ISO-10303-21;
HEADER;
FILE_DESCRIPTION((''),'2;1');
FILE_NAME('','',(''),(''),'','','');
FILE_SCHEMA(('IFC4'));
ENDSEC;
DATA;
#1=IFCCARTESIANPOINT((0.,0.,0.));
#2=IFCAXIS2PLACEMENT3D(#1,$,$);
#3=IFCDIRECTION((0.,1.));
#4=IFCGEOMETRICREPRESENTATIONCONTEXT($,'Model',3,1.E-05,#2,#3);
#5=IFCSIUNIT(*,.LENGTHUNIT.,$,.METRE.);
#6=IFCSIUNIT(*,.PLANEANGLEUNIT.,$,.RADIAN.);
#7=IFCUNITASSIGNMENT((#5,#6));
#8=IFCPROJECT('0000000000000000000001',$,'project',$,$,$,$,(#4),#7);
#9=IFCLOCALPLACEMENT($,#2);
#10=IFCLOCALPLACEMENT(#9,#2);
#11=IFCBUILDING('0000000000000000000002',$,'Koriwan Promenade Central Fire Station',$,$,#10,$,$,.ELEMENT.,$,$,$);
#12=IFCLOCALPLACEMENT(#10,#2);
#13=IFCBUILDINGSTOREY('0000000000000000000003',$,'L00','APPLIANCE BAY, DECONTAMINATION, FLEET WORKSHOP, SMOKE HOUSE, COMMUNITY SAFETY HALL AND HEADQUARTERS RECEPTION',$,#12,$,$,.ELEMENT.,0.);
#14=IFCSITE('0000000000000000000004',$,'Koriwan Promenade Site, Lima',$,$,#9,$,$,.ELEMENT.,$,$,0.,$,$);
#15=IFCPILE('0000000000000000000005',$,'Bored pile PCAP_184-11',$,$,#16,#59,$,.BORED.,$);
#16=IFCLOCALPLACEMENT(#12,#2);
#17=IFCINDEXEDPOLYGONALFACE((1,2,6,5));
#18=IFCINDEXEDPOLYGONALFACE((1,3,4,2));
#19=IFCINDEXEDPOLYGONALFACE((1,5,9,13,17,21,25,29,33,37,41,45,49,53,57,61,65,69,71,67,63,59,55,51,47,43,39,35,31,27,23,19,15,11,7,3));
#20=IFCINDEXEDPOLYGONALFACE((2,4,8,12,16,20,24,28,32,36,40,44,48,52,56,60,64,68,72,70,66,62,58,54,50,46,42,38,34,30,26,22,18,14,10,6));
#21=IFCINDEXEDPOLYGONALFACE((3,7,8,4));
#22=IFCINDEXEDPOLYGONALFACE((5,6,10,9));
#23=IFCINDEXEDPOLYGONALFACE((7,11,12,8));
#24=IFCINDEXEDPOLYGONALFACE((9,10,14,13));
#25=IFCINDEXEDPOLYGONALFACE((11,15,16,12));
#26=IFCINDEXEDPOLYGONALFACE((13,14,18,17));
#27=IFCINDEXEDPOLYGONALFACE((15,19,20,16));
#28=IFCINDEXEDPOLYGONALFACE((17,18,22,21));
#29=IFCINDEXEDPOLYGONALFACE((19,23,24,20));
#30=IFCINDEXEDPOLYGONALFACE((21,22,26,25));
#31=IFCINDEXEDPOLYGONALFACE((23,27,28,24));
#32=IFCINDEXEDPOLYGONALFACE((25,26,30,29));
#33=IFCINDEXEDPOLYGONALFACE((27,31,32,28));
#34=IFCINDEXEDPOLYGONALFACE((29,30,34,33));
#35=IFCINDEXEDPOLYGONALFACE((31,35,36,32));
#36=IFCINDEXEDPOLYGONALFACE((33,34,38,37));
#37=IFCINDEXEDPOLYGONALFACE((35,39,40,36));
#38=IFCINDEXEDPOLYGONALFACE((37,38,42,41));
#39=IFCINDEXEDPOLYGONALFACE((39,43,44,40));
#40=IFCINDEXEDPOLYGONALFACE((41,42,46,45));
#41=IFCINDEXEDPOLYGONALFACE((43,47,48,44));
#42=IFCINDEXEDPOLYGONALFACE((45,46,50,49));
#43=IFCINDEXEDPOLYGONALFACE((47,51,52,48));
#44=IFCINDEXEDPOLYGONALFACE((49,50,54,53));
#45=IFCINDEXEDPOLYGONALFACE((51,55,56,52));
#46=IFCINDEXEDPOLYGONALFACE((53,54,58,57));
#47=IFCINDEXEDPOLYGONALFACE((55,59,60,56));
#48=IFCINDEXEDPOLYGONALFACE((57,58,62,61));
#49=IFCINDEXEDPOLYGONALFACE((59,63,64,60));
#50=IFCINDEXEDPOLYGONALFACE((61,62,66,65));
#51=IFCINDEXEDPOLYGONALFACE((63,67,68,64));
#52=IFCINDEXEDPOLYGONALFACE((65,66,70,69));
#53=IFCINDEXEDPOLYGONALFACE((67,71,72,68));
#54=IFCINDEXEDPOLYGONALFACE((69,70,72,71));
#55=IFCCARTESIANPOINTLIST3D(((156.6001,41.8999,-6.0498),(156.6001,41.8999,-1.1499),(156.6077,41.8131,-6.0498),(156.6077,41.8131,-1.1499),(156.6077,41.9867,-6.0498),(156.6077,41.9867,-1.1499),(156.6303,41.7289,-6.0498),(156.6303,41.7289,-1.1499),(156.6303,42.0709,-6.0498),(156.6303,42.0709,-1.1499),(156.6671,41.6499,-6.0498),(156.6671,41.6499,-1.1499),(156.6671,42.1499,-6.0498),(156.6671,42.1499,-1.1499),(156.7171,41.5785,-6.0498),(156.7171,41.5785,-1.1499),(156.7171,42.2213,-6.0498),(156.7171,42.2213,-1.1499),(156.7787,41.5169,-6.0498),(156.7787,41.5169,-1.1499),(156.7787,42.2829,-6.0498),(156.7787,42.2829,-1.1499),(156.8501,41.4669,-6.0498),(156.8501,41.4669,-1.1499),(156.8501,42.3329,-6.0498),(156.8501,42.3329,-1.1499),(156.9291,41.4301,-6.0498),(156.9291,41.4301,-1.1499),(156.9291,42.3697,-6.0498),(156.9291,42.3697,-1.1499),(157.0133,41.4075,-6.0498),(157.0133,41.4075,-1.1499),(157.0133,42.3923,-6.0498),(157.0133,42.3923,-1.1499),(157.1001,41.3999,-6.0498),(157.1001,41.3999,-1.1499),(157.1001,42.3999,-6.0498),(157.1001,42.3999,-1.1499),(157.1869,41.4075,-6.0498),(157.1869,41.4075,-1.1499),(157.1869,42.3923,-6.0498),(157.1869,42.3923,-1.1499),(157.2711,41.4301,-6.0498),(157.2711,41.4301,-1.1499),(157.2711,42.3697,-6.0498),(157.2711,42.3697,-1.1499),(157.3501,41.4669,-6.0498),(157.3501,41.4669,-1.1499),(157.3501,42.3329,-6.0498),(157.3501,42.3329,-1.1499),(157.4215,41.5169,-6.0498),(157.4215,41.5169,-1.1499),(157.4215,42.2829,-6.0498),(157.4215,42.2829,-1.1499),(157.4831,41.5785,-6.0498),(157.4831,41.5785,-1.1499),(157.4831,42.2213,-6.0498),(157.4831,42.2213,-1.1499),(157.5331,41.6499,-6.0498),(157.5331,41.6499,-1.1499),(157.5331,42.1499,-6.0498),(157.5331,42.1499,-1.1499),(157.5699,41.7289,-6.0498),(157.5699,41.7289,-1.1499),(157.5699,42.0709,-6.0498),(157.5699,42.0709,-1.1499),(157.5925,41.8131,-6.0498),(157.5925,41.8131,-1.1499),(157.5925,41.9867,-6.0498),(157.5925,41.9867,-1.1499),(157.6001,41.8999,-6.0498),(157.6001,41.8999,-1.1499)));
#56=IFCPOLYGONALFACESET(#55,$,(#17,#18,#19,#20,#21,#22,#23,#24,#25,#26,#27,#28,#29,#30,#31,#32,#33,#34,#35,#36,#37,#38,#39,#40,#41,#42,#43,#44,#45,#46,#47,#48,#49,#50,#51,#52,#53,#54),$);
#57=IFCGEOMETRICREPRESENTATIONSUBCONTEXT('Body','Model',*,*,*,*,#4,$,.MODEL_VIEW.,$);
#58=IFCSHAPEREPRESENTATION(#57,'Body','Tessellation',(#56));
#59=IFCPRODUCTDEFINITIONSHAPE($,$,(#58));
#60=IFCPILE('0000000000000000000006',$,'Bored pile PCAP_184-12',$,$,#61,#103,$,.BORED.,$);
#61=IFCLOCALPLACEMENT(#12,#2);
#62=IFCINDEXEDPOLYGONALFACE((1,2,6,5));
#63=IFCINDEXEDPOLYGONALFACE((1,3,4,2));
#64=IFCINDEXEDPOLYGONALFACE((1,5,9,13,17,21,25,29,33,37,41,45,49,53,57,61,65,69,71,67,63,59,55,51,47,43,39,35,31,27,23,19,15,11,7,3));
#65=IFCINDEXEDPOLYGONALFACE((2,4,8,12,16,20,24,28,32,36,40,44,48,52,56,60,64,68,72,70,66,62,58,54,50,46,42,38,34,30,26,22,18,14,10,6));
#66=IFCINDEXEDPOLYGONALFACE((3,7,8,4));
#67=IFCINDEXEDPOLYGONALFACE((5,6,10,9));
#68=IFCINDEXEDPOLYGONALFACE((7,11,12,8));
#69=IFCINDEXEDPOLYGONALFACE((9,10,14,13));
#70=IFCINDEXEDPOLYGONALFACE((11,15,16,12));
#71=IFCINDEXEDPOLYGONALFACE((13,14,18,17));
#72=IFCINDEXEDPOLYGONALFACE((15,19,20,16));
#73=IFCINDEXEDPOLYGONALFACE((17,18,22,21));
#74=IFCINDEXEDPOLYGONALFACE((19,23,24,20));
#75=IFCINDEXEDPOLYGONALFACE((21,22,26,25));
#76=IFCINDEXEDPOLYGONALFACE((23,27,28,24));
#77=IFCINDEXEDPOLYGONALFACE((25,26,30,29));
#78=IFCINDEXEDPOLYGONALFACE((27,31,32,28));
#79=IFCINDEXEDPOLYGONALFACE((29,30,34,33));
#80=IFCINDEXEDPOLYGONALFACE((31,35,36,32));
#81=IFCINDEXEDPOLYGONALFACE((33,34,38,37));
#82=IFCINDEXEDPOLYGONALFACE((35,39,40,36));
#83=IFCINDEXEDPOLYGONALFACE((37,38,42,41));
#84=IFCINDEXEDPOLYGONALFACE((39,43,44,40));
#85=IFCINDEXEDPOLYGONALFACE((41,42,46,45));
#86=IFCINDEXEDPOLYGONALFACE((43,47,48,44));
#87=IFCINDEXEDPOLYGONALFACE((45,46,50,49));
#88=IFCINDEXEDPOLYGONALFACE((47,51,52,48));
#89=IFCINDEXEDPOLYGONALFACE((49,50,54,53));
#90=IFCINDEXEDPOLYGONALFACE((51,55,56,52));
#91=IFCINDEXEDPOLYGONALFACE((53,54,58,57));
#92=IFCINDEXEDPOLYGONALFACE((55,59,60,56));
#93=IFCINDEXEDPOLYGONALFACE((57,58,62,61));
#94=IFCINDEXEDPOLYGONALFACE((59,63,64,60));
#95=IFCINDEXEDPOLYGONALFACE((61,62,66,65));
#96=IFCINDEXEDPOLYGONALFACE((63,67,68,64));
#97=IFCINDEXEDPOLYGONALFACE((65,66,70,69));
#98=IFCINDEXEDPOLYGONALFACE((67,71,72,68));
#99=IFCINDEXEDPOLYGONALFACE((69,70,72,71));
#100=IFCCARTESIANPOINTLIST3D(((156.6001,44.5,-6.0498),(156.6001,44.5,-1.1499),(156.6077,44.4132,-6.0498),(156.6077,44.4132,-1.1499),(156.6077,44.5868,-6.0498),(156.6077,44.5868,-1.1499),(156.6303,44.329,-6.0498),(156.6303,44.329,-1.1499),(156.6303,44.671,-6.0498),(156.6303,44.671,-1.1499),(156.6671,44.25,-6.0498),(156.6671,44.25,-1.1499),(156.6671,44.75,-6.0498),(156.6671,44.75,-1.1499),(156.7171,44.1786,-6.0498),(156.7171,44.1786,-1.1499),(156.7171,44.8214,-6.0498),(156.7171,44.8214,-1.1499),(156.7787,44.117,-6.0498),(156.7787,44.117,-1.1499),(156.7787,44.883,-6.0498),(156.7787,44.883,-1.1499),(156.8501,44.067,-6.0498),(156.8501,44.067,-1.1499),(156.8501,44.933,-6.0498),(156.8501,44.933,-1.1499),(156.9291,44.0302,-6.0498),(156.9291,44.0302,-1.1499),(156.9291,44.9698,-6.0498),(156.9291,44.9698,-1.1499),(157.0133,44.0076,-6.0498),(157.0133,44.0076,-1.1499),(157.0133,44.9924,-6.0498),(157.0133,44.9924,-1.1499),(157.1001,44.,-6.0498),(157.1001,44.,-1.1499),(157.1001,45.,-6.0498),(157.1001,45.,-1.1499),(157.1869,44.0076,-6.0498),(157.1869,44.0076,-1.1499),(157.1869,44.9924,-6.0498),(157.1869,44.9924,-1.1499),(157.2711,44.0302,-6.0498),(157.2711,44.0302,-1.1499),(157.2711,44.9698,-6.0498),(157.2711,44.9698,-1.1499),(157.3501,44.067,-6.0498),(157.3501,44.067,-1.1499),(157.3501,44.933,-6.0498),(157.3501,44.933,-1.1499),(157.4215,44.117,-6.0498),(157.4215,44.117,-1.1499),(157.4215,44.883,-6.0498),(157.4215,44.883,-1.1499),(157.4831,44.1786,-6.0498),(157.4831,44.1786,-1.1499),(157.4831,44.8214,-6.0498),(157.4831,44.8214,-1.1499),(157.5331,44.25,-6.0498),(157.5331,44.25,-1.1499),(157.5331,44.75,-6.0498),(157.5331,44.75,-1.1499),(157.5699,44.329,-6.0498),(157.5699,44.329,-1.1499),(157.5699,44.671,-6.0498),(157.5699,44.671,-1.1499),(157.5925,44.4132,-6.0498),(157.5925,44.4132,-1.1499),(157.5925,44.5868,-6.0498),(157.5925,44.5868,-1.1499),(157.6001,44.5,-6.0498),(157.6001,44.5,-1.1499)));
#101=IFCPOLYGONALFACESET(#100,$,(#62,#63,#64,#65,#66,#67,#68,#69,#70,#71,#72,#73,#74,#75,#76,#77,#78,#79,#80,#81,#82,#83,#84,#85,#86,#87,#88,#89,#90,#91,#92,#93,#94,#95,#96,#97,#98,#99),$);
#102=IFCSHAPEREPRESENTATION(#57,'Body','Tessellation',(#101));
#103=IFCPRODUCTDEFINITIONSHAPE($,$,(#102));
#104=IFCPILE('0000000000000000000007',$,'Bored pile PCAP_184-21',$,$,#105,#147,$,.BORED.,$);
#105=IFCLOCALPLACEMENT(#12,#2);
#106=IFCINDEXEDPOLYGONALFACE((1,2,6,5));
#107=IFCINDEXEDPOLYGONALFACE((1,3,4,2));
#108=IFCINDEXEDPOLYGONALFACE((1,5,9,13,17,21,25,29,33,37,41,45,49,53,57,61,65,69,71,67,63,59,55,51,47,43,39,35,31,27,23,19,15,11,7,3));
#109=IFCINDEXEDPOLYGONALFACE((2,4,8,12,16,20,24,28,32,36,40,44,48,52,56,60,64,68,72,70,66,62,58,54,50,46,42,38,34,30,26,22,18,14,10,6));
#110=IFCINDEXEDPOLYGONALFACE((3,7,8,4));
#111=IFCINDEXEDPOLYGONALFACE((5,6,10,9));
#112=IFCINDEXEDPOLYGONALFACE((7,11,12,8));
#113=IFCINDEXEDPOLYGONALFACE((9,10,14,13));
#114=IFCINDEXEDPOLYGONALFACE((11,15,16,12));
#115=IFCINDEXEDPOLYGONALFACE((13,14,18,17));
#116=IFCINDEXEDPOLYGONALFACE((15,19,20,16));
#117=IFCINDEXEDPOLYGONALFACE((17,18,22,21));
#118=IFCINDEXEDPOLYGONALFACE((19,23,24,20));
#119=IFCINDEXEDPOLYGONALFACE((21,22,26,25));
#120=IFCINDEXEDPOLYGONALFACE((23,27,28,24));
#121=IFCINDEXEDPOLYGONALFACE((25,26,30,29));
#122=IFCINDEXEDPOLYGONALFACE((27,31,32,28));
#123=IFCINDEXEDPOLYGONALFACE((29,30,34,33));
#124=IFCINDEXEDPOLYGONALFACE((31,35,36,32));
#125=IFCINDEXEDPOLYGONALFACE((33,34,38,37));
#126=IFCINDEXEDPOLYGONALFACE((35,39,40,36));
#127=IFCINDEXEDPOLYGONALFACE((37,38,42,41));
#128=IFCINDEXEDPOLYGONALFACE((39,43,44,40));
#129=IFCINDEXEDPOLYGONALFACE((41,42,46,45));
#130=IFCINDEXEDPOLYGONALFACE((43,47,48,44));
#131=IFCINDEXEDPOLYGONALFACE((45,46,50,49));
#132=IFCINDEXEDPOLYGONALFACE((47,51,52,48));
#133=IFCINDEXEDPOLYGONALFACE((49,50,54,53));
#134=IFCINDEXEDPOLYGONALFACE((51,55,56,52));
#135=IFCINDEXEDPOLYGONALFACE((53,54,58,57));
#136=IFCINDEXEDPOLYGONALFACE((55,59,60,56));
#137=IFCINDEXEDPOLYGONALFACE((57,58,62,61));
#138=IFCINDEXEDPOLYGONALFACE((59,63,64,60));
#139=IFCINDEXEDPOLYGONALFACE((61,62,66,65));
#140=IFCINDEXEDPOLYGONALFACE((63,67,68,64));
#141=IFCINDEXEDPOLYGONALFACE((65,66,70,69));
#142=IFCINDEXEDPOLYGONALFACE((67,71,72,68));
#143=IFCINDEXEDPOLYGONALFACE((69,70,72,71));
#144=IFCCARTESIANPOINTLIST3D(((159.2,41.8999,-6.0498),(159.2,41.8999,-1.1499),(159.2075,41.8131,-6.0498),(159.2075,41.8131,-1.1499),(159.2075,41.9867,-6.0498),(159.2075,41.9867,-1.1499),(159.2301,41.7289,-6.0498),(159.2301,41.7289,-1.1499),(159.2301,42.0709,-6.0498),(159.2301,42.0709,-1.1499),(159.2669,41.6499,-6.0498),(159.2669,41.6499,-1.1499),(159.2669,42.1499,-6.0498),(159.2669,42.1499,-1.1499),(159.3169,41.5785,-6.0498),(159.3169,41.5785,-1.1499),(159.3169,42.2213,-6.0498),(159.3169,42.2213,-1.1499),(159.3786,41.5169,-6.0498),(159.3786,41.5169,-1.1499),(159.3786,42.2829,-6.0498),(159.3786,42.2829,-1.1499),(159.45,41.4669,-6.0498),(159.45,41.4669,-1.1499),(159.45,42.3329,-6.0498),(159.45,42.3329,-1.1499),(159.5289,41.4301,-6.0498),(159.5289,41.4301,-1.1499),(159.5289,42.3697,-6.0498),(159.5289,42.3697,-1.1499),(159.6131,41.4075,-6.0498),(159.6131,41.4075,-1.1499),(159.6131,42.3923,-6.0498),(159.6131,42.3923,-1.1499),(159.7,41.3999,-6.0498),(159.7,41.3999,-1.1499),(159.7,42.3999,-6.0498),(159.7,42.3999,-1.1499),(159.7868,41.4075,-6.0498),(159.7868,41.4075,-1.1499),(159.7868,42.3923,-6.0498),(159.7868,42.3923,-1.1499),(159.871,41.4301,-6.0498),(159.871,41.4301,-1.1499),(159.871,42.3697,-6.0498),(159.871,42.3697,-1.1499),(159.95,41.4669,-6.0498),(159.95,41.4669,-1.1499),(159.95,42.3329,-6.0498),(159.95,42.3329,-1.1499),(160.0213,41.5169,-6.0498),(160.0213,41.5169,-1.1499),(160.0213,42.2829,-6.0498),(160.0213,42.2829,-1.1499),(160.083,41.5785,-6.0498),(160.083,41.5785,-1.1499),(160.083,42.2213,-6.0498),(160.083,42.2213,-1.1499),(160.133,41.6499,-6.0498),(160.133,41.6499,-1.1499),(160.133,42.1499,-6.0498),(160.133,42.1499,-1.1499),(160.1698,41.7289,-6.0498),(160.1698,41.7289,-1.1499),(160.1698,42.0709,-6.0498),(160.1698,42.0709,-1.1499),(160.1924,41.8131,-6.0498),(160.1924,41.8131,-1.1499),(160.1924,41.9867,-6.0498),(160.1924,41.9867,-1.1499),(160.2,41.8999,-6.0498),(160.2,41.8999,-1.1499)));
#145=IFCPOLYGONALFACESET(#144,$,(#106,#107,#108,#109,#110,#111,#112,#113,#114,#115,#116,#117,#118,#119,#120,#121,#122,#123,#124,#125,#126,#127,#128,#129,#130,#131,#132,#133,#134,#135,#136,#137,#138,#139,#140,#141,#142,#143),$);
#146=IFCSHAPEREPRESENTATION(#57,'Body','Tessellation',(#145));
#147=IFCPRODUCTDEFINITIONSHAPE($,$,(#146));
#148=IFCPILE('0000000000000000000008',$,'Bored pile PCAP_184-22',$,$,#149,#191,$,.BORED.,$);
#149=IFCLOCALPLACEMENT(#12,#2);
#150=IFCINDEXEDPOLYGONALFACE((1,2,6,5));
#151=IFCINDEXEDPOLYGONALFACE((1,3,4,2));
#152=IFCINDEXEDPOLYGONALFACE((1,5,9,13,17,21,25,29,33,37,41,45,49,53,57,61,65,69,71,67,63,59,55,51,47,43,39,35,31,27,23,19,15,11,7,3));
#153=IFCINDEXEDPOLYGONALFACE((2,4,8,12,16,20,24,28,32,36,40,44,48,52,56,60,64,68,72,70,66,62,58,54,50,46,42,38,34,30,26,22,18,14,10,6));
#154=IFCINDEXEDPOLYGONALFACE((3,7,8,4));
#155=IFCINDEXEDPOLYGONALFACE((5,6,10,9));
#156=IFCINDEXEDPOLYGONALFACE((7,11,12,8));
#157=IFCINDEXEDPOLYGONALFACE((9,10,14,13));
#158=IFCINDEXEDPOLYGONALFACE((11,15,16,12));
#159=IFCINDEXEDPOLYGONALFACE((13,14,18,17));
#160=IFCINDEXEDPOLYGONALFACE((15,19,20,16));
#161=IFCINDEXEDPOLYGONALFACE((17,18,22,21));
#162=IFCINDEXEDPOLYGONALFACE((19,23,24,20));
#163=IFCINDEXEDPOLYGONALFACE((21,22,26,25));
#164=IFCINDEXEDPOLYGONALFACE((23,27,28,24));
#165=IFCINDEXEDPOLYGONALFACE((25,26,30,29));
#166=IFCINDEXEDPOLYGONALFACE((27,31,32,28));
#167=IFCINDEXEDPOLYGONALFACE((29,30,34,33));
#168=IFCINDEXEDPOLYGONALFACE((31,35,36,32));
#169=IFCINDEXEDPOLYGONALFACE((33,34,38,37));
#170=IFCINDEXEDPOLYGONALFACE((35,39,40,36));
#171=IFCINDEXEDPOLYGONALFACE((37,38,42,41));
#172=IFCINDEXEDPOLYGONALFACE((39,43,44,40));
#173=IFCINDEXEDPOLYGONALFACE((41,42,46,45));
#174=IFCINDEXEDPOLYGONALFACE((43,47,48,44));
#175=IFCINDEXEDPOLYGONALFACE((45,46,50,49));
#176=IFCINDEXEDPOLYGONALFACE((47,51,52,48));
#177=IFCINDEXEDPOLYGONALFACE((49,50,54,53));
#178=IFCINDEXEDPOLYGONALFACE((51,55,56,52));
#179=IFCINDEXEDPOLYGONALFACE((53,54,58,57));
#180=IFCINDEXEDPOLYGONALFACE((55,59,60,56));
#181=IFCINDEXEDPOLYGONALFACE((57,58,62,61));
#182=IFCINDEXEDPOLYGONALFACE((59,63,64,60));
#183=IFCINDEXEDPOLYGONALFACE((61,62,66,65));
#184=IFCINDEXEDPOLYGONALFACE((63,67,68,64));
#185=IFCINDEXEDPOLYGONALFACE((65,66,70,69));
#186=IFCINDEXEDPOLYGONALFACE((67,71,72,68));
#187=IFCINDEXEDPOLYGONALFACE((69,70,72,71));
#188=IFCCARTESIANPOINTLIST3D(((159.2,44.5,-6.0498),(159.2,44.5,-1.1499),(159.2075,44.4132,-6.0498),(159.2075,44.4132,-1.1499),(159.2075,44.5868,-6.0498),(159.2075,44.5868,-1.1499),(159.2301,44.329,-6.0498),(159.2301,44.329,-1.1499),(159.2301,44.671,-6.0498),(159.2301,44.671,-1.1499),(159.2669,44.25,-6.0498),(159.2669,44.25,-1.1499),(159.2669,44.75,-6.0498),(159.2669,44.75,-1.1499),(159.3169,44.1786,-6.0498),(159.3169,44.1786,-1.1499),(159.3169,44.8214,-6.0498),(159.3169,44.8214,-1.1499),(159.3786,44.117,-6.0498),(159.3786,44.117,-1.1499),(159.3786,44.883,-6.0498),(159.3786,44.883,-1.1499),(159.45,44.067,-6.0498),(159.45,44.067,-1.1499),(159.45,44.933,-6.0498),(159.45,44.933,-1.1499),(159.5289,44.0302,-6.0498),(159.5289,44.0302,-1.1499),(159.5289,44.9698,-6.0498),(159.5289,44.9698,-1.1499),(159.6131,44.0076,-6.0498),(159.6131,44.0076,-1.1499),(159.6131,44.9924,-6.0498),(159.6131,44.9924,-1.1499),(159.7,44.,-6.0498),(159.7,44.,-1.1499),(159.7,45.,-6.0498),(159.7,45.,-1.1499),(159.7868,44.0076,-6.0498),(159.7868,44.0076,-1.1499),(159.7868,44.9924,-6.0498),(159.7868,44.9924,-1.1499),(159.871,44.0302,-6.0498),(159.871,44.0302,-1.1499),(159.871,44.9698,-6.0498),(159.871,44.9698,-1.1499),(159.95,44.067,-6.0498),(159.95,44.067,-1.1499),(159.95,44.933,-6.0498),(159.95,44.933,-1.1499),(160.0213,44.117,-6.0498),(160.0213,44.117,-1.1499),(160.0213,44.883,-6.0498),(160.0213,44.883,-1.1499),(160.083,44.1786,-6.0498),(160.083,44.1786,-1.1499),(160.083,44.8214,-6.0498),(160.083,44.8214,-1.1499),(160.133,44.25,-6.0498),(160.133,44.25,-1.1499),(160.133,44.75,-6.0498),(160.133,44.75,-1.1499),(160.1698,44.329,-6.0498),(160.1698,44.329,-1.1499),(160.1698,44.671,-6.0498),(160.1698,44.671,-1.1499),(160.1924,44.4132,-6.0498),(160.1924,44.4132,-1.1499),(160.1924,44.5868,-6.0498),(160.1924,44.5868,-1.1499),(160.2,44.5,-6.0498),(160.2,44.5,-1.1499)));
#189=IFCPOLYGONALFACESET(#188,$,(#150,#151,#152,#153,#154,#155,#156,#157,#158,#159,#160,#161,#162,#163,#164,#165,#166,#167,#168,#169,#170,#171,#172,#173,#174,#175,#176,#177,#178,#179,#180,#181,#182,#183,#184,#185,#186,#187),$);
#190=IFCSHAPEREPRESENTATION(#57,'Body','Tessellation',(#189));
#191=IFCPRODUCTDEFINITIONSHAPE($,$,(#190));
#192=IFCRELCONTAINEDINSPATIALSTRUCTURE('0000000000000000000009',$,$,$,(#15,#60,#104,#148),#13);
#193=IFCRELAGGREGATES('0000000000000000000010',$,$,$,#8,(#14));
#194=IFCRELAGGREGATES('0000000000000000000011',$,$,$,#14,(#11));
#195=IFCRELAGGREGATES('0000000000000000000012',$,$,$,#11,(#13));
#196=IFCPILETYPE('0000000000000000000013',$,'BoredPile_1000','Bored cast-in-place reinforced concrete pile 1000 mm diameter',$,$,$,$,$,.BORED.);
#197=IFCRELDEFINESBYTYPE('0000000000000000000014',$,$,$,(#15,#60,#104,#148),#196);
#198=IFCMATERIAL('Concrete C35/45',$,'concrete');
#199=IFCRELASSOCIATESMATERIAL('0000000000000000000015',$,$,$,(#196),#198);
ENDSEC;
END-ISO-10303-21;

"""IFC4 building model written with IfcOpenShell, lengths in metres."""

from ifc_helpers import new_model, si_unit, direction, frame, origin, origin_2d, place, context, subcontext, project, spatial, circle, extrude, material, material_profile, profile_set, type_object, element, save


model = new_model("IFC4")

# Units and contexts
model_context = context("Model", 3, precision=1e-05, world=origin(), true_north=direction((0.0, 1.0)))
body_context = subcontext(model_context, "Body", "Model", "MODEL_VIEW")
ifc_project = project(units=[si_unit("LENGTHUNIT", "METRE"), si_unit("PLANEANGLEUNIT", "RADIAN")], contexts=[model_context])

# Site, building, storey
site_placement = place(None, origin())
site = spatial("IfcSite", under=ifc_project, at=site_placement, Name="Koriwan Promenade Site, Lima", CompositionType="ELEMENT", RefElevation=0.0)
building_placement = place(site_placement, origin())
building = spatial("IfcBuilding", under=site, at=building_placement, Name="Koriwan Promenade Central Fire Station", CompositionType="ELEMENT")
storey_placement = place(building_placement, origin())
storey = spatial("IfcBuildingStorey", under=building, at=storey_placement, Name="L00", Description="APPLIANCE BAY, DECONTAMINATION, FLEET WORKSHOP, SMOKE HOUSE, COMMUNITY SAFETY HALL AND HEADQUARTERS RECEPTION", CompositionType="ELEMENT", Elevation=0.0)

# Piles
ifc_material_1 = material(Name="Concrete C35/45", Category="concrete")
ifc_material_profile_1 = material_profile(ifc_material_1, circle(Radius=0.5, at=origin_2d()), Name="PILE-D1000")
ifc_profile_set_1 = profile_set([ifc_material_profile_1], Name="Concrete C35/45")
pile_type_1 = type_object("IfcPileType", Name="BoredPile_1000", Description="Bored cast-in-place reinforced concrete pile 1000 mm diameter", PredefinedType="BORED", material=ifc_profile_set_1)
for number, where, z_axis, x_axis, name in (
    (1, (157.1001, 41.8999, -1.1499), (0.0, 0.0, -1.0), (1.0, 0.0, 0.0), "Bored pile PCAP_184-11"),
    (2, (157.1001, 44.5, -1.1499), (0.0, 0.0, -1.0), (1.0, 0.0, 0.0), "Bored pile PCAP_184-12"),
    (3, (159.7, 41.8999, -1.1499), (0.0, 0.0, -1.0), (1.0, 0.0, 0.0), "Bored pile PCAP_184-21"),
    (4, (159.7, 44.5, -1.1499), (0.0, 0.0, -1.0), (1.0, 0.0, 0.0), "Bored pile PCAP_184-22"),
):
    element("IfcPile", number, at=place(storey_placement, frame(where, z_axis=z_axis, x_axis=x_axis)), inside=storey, type_object=pile_type_1, Name=name, PredefinedType="BORED", context=body_context, shape_type="SweptSolid", body=[
        extrude(circle(Radius=0.5, at=origin_2d()), origin(), (0.0, 0.0, 1.0), 4.8999),
    ])

save(model, "model.ifc")
